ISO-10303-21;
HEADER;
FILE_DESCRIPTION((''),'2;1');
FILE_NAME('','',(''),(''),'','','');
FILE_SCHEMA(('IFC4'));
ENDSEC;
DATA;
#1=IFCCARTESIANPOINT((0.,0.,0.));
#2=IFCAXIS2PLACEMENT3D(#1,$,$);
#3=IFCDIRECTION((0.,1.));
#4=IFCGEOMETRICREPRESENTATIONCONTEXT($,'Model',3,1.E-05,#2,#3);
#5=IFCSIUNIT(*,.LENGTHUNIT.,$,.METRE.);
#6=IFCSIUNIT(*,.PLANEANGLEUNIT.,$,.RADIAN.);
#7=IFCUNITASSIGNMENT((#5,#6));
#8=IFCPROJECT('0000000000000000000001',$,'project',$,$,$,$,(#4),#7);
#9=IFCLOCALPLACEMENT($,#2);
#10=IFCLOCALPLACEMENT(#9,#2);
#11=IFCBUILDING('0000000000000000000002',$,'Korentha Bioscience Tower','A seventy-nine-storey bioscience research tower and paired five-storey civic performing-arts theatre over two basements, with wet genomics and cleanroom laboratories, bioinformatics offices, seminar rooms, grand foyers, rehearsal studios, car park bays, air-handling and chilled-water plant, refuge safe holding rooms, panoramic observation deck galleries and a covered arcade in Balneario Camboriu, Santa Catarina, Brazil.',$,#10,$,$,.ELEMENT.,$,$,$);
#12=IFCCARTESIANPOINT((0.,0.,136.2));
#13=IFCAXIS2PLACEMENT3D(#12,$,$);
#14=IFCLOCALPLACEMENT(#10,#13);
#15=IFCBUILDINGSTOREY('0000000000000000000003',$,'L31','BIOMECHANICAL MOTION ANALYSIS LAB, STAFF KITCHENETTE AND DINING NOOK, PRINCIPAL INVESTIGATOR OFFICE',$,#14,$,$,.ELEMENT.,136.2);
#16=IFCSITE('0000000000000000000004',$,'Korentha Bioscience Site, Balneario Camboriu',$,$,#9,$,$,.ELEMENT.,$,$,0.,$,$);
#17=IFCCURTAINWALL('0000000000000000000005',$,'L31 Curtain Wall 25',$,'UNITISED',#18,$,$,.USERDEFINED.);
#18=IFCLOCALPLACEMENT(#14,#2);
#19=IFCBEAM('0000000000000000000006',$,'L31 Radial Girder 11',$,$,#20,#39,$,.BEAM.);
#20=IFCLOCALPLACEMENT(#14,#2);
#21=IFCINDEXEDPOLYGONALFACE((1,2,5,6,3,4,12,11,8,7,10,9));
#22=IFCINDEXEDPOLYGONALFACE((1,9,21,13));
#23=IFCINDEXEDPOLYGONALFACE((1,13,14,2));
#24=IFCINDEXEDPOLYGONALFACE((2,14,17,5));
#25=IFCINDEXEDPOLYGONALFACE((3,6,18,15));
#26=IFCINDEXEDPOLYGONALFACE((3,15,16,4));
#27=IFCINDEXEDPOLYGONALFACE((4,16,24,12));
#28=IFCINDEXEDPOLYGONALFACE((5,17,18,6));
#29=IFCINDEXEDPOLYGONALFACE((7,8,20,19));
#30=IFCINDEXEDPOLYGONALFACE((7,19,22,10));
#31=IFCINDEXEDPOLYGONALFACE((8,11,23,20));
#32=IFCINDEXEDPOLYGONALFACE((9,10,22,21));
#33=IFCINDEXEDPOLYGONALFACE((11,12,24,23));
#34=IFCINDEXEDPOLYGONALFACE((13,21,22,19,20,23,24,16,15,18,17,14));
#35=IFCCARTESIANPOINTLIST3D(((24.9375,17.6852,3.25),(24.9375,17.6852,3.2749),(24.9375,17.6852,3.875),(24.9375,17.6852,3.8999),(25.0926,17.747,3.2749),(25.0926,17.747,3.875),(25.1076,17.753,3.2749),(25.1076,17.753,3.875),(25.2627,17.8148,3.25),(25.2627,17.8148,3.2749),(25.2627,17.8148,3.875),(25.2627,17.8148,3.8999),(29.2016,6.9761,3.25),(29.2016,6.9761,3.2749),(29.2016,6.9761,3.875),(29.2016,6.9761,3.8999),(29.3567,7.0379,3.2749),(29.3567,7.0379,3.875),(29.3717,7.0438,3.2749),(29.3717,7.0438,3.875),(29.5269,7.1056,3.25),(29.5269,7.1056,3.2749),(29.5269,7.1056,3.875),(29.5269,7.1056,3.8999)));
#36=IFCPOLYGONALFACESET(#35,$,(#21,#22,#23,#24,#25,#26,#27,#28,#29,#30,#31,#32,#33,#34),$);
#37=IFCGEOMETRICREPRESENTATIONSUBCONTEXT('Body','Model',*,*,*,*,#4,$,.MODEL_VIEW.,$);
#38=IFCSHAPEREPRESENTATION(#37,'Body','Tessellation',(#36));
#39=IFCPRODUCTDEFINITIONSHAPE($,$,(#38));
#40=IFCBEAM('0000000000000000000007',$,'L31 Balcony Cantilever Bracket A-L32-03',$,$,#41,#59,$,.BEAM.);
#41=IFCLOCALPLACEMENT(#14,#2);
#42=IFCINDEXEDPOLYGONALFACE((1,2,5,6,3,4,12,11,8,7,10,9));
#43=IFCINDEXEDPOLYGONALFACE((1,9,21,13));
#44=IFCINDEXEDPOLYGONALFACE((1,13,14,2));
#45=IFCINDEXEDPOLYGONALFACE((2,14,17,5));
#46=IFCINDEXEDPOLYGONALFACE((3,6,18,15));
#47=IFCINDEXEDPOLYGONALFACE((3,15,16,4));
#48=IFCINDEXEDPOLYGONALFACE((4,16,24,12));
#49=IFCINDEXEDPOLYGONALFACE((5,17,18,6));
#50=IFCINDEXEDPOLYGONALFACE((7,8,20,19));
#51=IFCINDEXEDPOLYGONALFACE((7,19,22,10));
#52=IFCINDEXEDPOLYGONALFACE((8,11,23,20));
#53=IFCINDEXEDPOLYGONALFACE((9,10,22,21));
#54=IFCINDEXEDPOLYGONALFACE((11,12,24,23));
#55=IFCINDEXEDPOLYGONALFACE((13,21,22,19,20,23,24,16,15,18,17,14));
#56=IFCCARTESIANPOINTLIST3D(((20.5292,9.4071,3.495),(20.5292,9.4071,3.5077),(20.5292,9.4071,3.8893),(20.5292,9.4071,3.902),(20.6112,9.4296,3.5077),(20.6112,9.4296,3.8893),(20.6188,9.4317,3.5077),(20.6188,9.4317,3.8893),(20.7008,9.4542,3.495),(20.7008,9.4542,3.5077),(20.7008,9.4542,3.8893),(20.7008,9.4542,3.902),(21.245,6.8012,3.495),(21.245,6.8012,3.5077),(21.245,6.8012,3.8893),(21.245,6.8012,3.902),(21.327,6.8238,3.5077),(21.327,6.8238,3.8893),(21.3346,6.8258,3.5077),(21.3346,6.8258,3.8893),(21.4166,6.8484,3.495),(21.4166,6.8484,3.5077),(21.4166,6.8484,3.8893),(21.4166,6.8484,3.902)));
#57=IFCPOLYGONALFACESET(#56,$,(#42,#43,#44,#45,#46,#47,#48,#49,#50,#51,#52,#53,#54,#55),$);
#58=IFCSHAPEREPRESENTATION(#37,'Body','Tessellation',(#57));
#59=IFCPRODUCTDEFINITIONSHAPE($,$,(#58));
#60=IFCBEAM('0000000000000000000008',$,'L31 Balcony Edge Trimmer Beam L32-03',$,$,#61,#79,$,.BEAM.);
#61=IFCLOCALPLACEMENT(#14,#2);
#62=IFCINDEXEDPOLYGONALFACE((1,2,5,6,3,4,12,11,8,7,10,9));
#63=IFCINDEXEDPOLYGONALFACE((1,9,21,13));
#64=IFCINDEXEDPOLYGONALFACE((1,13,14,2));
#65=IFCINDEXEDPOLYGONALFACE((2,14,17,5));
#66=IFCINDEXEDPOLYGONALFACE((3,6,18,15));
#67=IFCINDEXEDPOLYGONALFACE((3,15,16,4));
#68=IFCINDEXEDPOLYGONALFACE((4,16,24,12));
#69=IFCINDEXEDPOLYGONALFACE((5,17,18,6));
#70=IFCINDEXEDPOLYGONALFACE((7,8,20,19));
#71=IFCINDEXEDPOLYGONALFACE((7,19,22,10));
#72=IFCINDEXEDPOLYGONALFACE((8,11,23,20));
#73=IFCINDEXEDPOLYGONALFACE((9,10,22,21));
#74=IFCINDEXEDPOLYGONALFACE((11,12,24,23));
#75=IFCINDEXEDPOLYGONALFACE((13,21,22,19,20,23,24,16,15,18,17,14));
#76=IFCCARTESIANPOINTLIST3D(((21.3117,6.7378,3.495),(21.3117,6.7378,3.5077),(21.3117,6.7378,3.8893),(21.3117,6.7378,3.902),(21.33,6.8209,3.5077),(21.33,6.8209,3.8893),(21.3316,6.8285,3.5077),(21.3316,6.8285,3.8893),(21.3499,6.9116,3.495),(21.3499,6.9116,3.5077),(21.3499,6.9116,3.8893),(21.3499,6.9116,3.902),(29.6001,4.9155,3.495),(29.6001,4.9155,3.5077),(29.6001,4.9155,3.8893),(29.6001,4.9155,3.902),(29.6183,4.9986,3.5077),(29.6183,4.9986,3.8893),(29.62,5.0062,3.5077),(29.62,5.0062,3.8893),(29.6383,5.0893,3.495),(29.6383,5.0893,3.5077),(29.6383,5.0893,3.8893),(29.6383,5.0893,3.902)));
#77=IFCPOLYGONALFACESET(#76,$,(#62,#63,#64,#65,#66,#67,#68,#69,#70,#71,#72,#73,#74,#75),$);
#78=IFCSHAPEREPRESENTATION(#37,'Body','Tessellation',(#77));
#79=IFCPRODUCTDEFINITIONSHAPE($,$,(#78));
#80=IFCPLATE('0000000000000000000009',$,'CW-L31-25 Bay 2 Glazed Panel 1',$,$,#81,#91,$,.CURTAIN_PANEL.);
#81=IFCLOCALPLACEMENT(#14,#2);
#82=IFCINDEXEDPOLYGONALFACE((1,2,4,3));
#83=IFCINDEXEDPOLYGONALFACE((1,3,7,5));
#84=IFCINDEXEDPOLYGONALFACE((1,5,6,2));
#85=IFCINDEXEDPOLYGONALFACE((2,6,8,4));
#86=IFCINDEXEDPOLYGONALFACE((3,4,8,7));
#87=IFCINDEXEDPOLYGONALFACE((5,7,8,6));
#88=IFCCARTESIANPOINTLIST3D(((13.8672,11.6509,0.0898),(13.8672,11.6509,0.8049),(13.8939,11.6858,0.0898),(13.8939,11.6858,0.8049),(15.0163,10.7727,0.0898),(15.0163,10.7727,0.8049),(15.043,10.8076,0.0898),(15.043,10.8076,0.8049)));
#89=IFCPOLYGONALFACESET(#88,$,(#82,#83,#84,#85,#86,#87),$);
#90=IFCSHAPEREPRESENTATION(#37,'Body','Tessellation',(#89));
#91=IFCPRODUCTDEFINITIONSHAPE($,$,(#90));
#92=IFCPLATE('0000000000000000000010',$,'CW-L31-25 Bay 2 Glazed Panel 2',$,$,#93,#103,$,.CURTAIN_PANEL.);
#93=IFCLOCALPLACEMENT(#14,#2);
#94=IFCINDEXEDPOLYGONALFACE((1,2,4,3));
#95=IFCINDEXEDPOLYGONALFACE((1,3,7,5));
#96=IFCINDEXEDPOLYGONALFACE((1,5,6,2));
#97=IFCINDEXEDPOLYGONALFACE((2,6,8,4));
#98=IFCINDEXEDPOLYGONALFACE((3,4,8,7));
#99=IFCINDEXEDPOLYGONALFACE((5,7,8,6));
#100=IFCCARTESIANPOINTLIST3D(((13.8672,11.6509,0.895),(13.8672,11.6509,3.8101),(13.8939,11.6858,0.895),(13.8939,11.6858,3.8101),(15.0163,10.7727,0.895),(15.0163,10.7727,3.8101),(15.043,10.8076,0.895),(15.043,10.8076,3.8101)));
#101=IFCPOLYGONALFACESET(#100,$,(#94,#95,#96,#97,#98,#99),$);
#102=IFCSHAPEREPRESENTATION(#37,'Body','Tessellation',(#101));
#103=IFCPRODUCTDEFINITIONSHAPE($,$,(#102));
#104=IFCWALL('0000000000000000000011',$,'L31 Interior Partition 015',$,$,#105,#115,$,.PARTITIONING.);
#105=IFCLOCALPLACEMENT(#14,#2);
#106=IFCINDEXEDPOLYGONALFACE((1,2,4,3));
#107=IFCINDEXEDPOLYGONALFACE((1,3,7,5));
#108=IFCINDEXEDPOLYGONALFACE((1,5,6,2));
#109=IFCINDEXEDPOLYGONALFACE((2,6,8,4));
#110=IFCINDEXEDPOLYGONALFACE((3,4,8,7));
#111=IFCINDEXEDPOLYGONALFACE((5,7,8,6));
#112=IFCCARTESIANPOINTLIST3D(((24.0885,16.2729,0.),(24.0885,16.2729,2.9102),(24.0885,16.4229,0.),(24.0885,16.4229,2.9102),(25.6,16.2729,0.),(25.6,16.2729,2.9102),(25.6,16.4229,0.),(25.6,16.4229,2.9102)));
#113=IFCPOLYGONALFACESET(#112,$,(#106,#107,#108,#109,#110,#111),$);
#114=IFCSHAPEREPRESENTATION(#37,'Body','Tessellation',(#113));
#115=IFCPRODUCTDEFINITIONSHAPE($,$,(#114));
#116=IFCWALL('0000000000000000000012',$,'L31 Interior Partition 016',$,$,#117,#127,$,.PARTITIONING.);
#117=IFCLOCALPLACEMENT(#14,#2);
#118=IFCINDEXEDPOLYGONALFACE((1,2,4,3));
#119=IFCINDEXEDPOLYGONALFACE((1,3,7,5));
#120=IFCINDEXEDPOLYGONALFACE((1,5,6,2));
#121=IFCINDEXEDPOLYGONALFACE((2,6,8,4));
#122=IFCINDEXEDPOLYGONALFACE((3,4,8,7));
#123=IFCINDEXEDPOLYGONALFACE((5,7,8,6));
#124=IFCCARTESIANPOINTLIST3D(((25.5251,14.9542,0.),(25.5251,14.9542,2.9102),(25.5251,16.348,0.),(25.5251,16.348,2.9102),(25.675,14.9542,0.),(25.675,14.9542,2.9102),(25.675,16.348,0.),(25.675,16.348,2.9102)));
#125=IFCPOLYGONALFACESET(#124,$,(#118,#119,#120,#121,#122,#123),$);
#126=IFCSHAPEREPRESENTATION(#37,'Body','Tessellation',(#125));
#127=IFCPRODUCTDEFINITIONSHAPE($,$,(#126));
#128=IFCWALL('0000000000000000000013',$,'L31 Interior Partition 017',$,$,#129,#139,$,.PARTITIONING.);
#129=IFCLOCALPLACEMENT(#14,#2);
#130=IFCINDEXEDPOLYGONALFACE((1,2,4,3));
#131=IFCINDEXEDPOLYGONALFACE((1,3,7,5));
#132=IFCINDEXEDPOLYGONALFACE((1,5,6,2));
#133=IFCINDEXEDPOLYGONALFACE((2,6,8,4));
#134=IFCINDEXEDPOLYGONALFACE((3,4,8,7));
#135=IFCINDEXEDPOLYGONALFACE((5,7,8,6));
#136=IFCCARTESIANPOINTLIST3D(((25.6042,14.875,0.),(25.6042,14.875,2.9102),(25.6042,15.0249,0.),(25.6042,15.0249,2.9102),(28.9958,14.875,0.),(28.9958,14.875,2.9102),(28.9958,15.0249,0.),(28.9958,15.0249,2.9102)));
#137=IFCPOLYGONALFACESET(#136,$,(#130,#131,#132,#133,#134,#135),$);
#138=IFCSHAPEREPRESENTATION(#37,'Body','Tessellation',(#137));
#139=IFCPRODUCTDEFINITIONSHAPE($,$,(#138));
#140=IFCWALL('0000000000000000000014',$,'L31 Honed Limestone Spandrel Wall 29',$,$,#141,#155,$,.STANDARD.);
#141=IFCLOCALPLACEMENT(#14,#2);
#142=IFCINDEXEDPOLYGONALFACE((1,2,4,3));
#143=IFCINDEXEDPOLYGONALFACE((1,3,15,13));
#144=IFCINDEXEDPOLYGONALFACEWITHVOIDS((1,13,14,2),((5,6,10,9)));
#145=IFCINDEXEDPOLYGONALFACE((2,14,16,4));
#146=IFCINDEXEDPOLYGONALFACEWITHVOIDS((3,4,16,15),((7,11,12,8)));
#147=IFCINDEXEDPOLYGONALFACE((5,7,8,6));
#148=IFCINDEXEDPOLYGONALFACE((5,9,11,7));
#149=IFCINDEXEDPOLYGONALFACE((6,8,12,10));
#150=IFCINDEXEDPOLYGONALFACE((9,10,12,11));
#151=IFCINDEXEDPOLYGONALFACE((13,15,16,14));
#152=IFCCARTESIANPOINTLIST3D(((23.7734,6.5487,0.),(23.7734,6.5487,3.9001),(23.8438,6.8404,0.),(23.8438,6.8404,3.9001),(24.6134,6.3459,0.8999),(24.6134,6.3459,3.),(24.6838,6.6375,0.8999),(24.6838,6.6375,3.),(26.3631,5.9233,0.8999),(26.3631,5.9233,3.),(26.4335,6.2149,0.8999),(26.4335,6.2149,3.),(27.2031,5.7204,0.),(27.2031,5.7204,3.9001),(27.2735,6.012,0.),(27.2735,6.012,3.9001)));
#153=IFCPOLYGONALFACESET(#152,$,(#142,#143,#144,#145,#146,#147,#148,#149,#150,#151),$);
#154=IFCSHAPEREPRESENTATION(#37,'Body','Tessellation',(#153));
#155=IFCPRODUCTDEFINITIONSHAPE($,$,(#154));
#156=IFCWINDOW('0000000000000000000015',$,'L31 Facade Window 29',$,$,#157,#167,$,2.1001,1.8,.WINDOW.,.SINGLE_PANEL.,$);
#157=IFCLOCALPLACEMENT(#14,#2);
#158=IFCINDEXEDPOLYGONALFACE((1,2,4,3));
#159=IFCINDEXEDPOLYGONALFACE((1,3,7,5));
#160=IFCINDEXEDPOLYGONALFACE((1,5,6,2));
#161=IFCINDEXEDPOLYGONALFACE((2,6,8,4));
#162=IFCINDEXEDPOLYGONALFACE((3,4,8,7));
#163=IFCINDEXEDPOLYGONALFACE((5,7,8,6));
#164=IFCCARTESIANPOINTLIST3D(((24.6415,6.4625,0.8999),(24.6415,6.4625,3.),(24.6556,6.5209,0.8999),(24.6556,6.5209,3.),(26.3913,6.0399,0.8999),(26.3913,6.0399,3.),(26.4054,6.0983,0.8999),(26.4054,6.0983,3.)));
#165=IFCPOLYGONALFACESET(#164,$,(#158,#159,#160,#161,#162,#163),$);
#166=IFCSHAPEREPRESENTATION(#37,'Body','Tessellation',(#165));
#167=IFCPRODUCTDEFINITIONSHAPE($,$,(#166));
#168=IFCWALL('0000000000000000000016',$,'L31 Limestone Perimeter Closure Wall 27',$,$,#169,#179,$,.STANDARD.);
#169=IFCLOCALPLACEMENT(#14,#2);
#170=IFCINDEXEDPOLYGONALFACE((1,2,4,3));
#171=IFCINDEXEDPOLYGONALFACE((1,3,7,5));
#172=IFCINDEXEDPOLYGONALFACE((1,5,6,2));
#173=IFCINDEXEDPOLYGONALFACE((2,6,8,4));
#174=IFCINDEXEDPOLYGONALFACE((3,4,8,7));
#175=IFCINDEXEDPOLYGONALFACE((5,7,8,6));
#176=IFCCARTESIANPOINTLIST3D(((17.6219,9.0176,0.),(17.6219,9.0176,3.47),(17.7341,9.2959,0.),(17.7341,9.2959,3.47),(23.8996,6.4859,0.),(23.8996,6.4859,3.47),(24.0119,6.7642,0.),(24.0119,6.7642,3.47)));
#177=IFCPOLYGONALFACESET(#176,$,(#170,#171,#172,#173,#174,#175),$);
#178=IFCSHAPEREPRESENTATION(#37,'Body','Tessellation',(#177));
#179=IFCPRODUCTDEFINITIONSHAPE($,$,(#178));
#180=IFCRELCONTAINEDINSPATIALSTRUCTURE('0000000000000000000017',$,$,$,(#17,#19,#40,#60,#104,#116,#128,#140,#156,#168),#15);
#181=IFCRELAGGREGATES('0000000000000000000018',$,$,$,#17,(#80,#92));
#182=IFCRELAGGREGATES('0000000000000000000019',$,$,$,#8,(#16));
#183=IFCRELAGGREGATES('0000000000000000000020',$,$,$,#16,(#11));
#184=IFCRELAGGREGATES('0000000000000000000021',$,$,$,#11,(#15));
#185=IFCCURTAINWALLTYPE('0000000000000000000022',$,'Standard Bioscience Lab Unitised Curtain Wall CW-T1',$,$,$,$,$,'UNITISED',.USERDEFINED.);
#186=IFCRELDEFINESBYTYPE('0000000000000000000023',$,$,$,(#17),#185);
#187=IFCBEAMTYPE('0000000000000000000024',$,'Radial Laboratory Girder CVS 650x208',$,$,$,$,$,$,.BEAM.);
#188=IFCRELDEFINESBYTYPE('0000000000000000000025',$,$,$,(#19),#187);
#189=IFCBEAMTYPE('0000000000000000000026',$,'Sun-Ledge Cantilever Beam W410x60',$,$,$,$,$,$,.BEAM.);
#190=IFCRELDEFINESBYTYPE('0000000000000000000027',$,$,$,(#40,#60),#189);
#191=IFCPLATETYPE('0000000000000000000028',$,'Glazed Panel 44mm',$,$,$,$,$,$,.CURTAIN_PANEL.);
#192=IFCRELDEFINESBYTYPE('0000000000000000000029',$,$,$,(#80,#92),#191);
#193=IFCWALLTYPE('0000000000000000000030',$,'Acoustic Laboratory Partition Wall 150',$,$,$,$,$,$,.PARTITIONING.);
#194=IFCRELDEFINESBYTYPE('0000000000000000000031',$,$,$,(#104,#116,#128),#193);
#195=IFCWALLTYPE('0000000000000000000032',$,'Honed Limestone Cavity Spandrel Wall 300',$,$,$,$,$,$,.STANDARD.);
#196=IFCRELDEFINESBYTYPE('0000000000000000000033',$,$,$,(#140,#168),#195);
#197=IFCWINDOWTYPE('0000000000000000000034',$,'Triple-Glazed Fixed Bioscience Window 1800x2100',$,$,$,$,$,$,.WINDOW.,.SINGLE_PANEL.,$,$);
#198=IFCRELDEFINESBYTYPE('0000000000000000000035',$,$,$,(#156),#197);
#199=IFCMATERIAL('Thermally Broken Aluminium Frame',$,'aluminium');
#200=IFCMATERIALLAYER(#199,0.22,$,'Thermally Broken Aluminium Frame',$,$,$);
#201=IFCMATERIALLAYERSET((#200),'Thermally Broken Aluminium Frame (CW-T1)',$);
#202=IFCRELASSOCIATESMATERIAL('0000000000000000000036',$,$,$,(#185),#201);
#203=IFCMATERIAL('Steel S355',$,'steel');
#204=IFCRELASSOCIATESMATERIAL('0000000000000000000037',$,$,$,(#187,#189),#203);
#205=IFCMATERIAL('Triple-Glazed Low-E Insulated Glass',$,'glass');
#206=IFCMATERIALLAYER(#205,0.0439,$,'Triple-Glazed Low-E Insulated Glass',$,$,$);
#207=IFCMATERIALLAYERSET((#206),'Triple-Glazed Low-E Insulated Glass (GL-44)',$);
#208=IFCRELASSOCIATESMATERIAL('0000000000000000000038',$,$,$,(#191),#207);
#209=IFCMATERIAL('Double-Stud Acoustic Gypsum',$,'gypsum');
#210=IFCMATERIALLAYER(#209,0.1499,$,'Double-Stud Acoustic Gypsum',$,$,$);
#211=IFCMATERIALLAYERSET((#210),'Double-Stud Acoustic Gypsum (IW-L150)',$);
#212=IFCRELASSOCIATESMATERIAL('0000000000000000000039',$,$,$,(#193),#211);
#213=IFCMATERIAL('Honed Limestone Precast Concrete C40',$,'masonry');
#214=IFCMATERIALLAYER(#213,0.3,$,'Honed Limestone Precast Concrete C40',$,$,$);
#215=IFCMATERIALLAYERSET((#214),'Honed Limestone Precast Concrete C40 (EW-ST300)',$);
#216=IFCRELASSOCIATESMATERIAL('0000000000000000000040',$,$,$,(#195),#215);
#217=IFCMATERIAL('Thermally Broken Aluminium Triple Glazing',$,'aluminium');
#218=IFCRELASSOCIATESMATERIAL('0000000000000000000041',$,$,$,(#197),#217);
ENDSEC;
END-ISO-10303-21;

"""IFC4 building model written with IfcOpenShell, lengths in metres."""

from ifc_helpers import new_model, si_unit, direction, frame, frame_2d, origin, origin_2d, place, context, subcontext, project, spatial, rectangle, i_section, extrude, material, layer, layer_set, material_profile, profile_set, type_object, element, fill, aggregate, save


model = new_model("IFC4")

# Units and contexts
model_context = context("Model", 3, precision=1e-05, world=origin(), true_north=direction((0.0, 1.0)))
body_context = subcontext(model_context, "Body", "Model", "MODEL_VIEW")
ifc_project = project(units=[si_unit("LENGTHUNIT", "METRE"), si_unit("PLANEANGLEUNIT", "RADIAN")], contexts=[model_context])

# Site, building, storey
site_placement = place(None, origin())
site = spatial("IfcSite", under=ifc_project, at=site_placement, Name="Korentha Bioscience Site, Balneario Camboriu", CompositionType="ELEMENT", RefElevation=0.0)
building_placement = place(site_placement, origin())
building = spatial("IfcBuilding", under=site, at=building_placement, Name="Korentha Bioscience Tower", Description="A seventy-nine-storey bioscience research tower and paired five-storey civic performing-arts theatre over two basements, with wet genomics and cleanroom laboratories, bioinformatics offices, seminar rooms, grand foyers, rehearsal studios, car park bays, air-handling and chilled-water plant, refuge safe holding rooms, panoramic observation deck galleries and a covered arcade in Balneario Camboriu, Santa Catarina, Brazil.", CompositionType="ELEMENT")
storey_placement = place(building_placement, frame((0.0, 0.0, 136.2)))
storey = spatial("IfcBuildingStorey", under=building, at=storey_placement, Name="L31", Description="BIOMECHANICAL MOTION ANALYSIS LAB, STAFF KITCHENETTE AND DINING NOOK, PRINCIPAL INVESTIGATOR OFFICE", CompositionType="ELEMENT", Elevation=136.2)

# Curtain wall
ifc_material_1 = material(Name="Thermally Broken Aluminium Frame", Category="aluminium")
ifc_layer_1 = layer(ifc_material_1, 0.22, Name="Thermally Broken Aluminium Frame")
ifc_layer_set_1 = layer_set([ifc_layer_1], Name="Thermally Broken Aluminium Frame (CW-T1)")
curtain_wall_type = type_object("IfcCurtainWallType", Name="Standard Bioscience Lab Unitised Curtain Wall CW-T1", ElementType="UNITISED", PredefinedType="USERDEFINED", material=ifc_layer_set_1)
curtain_wall_placement = place(storey_placement, origin())
curtain_wall = element("IfcCurtainWall", 1, at=curtain_wall_placement, inside=storey, type_object=curtain_wall_type, Name="L31 Curtain Wall 25", ObjectType="UNITISED", PredefinedType="USERDEFINED")

# Beams
ifc_material_2 = material(Name="Steel S355", Category="steel")
ifc_material_profile_1 = material_profile(ifc_material_2, i_section(OverallWidth=0.3501, OverallDepth=0.6499, WebThickness=0.0161, FlangeThickness=0.0249, at=origin_2d()), Name="Steel S355")
ifc_profile_set_1 = profile_set([ifc_material_profile_1], Name="Steel S355 (RB-650)")
beam_type_1 = type_object("IfcBeamType", Name="Radial Laboratory Girder CVS 650x208", PredefinedType="BEAM", material=ifc_profile_set_1)
beam_1_placement = place(storey_placement, frame((25.1001, 17.75, 3.575), z_axis=(0.36993, -0.92906, 0.0), x_axis=(0.92906, 0.36993, 0.0)))
element("IfcBeam", 2, at=beam_1_placement, inside=storey, type_object=beam_type_1, Name="L31 Radial Girder 11", PredefinedType="BEAM", context=body_context, shape_type="SweptSolid", body=[
    extrude(i_section(OverallWidth=0.3501, OverallDepth=0.6499, WebThickness=0.0161, FlangeThickness=0.0249, at=origin_2d()), origin(), (0.0, 0.0, 1.0), 11.5269),
])
ifc_material_profile_2 = material_profile(ifc_material_2, i_section(OverallWidth=0.178, OverallDepth=0.407, WebThickness=0.0078, FlangeThickness=0.0127, at=origin_2d()), Name="Steel S355")
ifc_profile_set_2 = profile_set([ifc_material_profile_2], Name="Steel S355 (CB-410)")
beam_type_2 = type_object("IfcBeamType", Name="Sun-Ledge Cantilever Beam W410x60", PredefinedType="BEAM", material=ifc_profile_set_2)
beam_2_placement = place(storey_placement, frame((20.615, 9.4307, 3.6985), z_axis=(0.264875, -0.964283, 0.0), x_axis=(0.964283, 0.264875, 0.0)))
element("IfcBeam", 3, at=beam_2_placement, inside=storey, type_object=beam_type_2, Name="L31 Balcony Cantilever Bracket A-L32-03", PredefinedType="BEAM", context=body_context, shape_type="SweptSolid", body=[
    extrude(i_section(OverallWidth=0.178, OverallDepth=0.407, WebThickness=0.0078, FlangeThickness=0.0127, at=origin_2d()), origin(), (0.0, 0.0, 1.0), 2.7024),
])
beam_3_placement = place(storey_placement, frame((21.3308, 6.8247, 3.6985), z_axis=(0.976673, -0.214731, 0.0), x_axis=(0.214731, 0.976673, 0.0)))
element("IfcBeam", 4, at=beam_3_placement, inside=storey, type_object=beam_type_2, Name="L31 Balcony Edge Trimmer Beam L32-03", PredefinedType="BEAM", context=body_context, shape_type="SweptSolid", body=[
    extrude(i_section(OverallWidth=0.178, OverallDepth=0.407, WebThickness=0.0078, FlangeThickness=0.0127, at=origin_2d()), origin(), (0.0, 0.0, 1.0), 8.4863),
])

# Plates
ifc_material_3 = material(Name="Triple-Glazed Low-E Insulated Glass", Category="glass")
ifc_layer_2 = layer(ifc_material_3, 0.0439, Name="Triple-Glazed Low-E Insulated Glass")
ifc_layer_set_2 = layer_set([ifc_layer_2], Name="Triple-Glazed Low-E Insulated Glass (GL-44)")
plate_type = type_object("IfcPlateType", Name="Glazed Panel 44mm", PredefinedType="CURTAIN_PANEL", material=ifc_layer_set_2)
plate_1_placement = place(storey_placement, frame((14.4551, 11.2292, 0.0898), z_axis=(0.0, 0.0, 1.0), x_axis=(0.7945, -0.607265, 0.0)))
plate_1 = element("IfcPlate", 5, at=plate_1_placement, type_object=plate_type, Name="CW-L31-25 Bay 2 Glazed Panel 1", PredefinedType="CURTAIN_PANEL", context=body_context, shape_type="SweptSolid", body=[
    extrude(rectangle(XDim=1.4463, YDim=0.0439, at=origin_2d()), origin(), (0.0, 0.0, 1.0), 0.7151),
])
plate_2_placement = place(storey_placement, frame((14.4551, 11.2292, 0.895), z_axis=(0.0, 0.0, 1.0), x_axis=(0.7945, -0.607265, 0.0)))
plate_2 = element("IfcPlate", 6, at=plate_2_placement, type_object=plate_type, Name="CW-L31-25 Bay 2 Glazed Panel 2", PredefinedType="CURTAIN_PANEL", context=body_context, shape_type="SweptSolid", body=[
    extrude(rectangle(XDim=1.4463, YDim=0.0439, at=origin_2d()), origin(), (0.0, 0.0, 1.0), 2.915),
])
aggregate(curtain_wall, [plate_1, plate_2])

# Walls
ifc_material_4 = material(Name="Double-Stud Acoustic Gypsum", Category="gypsum")
ifc_layer_3 = layer(ifc_material_4, 0.1499, Name="Double-Stud Acoustic Gypsum")
ifc_layer_set_3 = layer_set([ifc_layer_3], Name="Double-Stud Acoustic Gypsum (IW-L150)")
wall_type_1 = type_object("IfcWallType", Name="Acoustic Laboratory Partition Wall 150", PredefinedType="PARTITIONING", material=ifc_layer_set_3)
wall_1_placement = place(storey_placement, frame((24.0884, 16.3479, 0.0), z_axis=(0.0, 0.0, 1.0), x_axis=(1.0, 0.0, 0.0)))
element("IfcWall", 7, at=wall_1_placement, inside=storey, type_object=wall_type_1, Name="L31 Interior Partition 015", PredefinedType="PARTITIONING", context=body_context, shape_type="SweptSolid", body=[
    extrude(rectangle(XDim=1.5115, YDim=0.1499, at=frame_2d((0.7559, 0.0))), origin(), (0.0, 0.0, 1.0), 2.9102),
])
wall_2_placement = place(storey_placement, frame((25.6001, 16.3479, 0.0), z_axis=(0.0, 0.0, 1.0), x_axis=(0.0, -1.0, 0.0)))
element("IfcWall", 8, at=wall_2_placement, inside=storey, type_object=wall_type_1, Name="L31 Interior Partition 016", PredefinedType="PARTITIONING", context=body_context, shape_type="SweptSolid", body=[
    extrude(rectangle(XDim=1.3938, YDim=0.1499, at=frame_2d((0.6968, 0.0))), origin(), (0.0, 0.0, 1.0), 2.9102),
])
wall_3_placement = place(storey_placement, frame((25.6042, 14.95, 0.0), z_axis=(0.0, 0.0, 1.0), x_axis=(1.0, 0.0, 0.0)))
element("IfcWall", 9, at=wall_3_placement, inside=storey, type_object=wall_type_1, Name="L31 Interior Partition 017", PredefinedType="PARTITIONING", context=body_context, shape_type="SweptSolid", body=[
    extrude(rectangle(XDim=3.3916, YDim=0.1499, at=frame_2d((1.6958, 0.0))), origin(), (0.0, 0.0, 1.0), 2.9102),
])

# Shared definitions
ifc_material_5 = material(Name="Honed Limestone Precast Concrete C40", Category="masonry")
ifc_layer_4 = layer(ifc_material_5, 0.3, Name="Honed Limestone Precast Concrete C40")
ifc_layer_set_4 = layer_set([ifc_layer_4], Name="Honed Limestone Precast Concrete C40 (EW-ST300)")
wall_type_2 = type_object("IfcWallType", Name="Honed Limestone Cavity Spandrel Wall 300", PredefinedType="STANDARD", material=ifc_layer_set_4)

# Wall, opening, window
wall_4_placement = place(storey_placement, frame((23.8086, 6.6946, 0.0), z_axis=(0.0, 0.0, 1.0), x_axis=(0.972049, -0.234778, 0.0)))
wall_4 = element("IfcWall", 10, at=wall_4_placement, inside=storey, type_object=wall_type_2, Name="L31 Honed Limestone Spandrel Wall 29", PredefinedType="STANDARD", context=body_context, shape_type="SweptSolid", body=[
    extrude(rectangle(XDim=3.5283, YDim=0.3, at=frame_2d((1.7642, 0.0))), origin(), (0.0, 0.0, 1.0), 3.9001),
])
opening_1_placement = place(wall_4_placement, frame((0.8643, 0.0, 0.8999)))
opening_1 = element("IfcOpeningElement", 11, at=opening_1_placement, cuts=wall_4, PredefinedType="OPENING", context=body_context, shape_type="SweptSolid", body=[
    extrude(rectangle(XDim=1.8, YDim=2.1001, at=frame_2d((0.8999, 1.05))), frame((0.0, 0.165, 0.0), z_axis=(0.0, -1.0, 0.0), x_axis=(1.0, 0.0, 0.0)), (0.0, 0.0, 1.0), 0.3298),
])
ifc_material_6 = material(Name="Thermally Broken Aluminium Triple Glazing", Category="aluminium")
window_type = type_object("IfcWindowType", Name="Triple-Glazed Fixed Bioscience Window 1800x2100", PartitioningType="SINGLE_PANEL", PredefinedType="WINDOW", material=ifc_material_6)
window_placement = place(opening_1_placement, origin())
window = element("IfcWindow", 12, at=window_placement, inside=storey, type_object=window_type, Name="L31 Facade Window 29", OverallHeight=2.1001, OverallWidth=1.8, PartitioningType="SINGLE_PANEL", PredefinedType="WINDOW", context=body_context, shape_type="SweptSolid", body=[
    extrude(rectangle(XDim=1.8, YDim=2.1001, at=frame_2d((0.8999, 1.05))), frame((0.0, 0.03, 0.0), z_axis=(0.0, -1.0, 0.0), x_axis=(1.0, 0.0, 0.0)), (0.0, 0.0, 1.0), 0.0601),
])
fill(opening_1, window)

# Wall
wall_5_placement = place(storey_placement, frame((17.678, 9.1567, 0.0), z_axis=(0.0, 0.0, 1.0), x_axis=(0.927423, -0.374013, 0.0)))
element("IfcWall", 13, at=wall_5_placement, inside=storey, type_object=wall_type_2, Name="L31 Limestone Perimeter Closure Wall 27", PredefinedType="STANDARD", context=body_context, shape_type="SweptSolid", body=[
    extrude(rectangle(XDim=6.769, YDim=0.3, at=frame_2d((3.3845, 0.0))), origin(), (0.0, 0.0, 1.0), 3.47),
])

save(model, "model.ifc")
